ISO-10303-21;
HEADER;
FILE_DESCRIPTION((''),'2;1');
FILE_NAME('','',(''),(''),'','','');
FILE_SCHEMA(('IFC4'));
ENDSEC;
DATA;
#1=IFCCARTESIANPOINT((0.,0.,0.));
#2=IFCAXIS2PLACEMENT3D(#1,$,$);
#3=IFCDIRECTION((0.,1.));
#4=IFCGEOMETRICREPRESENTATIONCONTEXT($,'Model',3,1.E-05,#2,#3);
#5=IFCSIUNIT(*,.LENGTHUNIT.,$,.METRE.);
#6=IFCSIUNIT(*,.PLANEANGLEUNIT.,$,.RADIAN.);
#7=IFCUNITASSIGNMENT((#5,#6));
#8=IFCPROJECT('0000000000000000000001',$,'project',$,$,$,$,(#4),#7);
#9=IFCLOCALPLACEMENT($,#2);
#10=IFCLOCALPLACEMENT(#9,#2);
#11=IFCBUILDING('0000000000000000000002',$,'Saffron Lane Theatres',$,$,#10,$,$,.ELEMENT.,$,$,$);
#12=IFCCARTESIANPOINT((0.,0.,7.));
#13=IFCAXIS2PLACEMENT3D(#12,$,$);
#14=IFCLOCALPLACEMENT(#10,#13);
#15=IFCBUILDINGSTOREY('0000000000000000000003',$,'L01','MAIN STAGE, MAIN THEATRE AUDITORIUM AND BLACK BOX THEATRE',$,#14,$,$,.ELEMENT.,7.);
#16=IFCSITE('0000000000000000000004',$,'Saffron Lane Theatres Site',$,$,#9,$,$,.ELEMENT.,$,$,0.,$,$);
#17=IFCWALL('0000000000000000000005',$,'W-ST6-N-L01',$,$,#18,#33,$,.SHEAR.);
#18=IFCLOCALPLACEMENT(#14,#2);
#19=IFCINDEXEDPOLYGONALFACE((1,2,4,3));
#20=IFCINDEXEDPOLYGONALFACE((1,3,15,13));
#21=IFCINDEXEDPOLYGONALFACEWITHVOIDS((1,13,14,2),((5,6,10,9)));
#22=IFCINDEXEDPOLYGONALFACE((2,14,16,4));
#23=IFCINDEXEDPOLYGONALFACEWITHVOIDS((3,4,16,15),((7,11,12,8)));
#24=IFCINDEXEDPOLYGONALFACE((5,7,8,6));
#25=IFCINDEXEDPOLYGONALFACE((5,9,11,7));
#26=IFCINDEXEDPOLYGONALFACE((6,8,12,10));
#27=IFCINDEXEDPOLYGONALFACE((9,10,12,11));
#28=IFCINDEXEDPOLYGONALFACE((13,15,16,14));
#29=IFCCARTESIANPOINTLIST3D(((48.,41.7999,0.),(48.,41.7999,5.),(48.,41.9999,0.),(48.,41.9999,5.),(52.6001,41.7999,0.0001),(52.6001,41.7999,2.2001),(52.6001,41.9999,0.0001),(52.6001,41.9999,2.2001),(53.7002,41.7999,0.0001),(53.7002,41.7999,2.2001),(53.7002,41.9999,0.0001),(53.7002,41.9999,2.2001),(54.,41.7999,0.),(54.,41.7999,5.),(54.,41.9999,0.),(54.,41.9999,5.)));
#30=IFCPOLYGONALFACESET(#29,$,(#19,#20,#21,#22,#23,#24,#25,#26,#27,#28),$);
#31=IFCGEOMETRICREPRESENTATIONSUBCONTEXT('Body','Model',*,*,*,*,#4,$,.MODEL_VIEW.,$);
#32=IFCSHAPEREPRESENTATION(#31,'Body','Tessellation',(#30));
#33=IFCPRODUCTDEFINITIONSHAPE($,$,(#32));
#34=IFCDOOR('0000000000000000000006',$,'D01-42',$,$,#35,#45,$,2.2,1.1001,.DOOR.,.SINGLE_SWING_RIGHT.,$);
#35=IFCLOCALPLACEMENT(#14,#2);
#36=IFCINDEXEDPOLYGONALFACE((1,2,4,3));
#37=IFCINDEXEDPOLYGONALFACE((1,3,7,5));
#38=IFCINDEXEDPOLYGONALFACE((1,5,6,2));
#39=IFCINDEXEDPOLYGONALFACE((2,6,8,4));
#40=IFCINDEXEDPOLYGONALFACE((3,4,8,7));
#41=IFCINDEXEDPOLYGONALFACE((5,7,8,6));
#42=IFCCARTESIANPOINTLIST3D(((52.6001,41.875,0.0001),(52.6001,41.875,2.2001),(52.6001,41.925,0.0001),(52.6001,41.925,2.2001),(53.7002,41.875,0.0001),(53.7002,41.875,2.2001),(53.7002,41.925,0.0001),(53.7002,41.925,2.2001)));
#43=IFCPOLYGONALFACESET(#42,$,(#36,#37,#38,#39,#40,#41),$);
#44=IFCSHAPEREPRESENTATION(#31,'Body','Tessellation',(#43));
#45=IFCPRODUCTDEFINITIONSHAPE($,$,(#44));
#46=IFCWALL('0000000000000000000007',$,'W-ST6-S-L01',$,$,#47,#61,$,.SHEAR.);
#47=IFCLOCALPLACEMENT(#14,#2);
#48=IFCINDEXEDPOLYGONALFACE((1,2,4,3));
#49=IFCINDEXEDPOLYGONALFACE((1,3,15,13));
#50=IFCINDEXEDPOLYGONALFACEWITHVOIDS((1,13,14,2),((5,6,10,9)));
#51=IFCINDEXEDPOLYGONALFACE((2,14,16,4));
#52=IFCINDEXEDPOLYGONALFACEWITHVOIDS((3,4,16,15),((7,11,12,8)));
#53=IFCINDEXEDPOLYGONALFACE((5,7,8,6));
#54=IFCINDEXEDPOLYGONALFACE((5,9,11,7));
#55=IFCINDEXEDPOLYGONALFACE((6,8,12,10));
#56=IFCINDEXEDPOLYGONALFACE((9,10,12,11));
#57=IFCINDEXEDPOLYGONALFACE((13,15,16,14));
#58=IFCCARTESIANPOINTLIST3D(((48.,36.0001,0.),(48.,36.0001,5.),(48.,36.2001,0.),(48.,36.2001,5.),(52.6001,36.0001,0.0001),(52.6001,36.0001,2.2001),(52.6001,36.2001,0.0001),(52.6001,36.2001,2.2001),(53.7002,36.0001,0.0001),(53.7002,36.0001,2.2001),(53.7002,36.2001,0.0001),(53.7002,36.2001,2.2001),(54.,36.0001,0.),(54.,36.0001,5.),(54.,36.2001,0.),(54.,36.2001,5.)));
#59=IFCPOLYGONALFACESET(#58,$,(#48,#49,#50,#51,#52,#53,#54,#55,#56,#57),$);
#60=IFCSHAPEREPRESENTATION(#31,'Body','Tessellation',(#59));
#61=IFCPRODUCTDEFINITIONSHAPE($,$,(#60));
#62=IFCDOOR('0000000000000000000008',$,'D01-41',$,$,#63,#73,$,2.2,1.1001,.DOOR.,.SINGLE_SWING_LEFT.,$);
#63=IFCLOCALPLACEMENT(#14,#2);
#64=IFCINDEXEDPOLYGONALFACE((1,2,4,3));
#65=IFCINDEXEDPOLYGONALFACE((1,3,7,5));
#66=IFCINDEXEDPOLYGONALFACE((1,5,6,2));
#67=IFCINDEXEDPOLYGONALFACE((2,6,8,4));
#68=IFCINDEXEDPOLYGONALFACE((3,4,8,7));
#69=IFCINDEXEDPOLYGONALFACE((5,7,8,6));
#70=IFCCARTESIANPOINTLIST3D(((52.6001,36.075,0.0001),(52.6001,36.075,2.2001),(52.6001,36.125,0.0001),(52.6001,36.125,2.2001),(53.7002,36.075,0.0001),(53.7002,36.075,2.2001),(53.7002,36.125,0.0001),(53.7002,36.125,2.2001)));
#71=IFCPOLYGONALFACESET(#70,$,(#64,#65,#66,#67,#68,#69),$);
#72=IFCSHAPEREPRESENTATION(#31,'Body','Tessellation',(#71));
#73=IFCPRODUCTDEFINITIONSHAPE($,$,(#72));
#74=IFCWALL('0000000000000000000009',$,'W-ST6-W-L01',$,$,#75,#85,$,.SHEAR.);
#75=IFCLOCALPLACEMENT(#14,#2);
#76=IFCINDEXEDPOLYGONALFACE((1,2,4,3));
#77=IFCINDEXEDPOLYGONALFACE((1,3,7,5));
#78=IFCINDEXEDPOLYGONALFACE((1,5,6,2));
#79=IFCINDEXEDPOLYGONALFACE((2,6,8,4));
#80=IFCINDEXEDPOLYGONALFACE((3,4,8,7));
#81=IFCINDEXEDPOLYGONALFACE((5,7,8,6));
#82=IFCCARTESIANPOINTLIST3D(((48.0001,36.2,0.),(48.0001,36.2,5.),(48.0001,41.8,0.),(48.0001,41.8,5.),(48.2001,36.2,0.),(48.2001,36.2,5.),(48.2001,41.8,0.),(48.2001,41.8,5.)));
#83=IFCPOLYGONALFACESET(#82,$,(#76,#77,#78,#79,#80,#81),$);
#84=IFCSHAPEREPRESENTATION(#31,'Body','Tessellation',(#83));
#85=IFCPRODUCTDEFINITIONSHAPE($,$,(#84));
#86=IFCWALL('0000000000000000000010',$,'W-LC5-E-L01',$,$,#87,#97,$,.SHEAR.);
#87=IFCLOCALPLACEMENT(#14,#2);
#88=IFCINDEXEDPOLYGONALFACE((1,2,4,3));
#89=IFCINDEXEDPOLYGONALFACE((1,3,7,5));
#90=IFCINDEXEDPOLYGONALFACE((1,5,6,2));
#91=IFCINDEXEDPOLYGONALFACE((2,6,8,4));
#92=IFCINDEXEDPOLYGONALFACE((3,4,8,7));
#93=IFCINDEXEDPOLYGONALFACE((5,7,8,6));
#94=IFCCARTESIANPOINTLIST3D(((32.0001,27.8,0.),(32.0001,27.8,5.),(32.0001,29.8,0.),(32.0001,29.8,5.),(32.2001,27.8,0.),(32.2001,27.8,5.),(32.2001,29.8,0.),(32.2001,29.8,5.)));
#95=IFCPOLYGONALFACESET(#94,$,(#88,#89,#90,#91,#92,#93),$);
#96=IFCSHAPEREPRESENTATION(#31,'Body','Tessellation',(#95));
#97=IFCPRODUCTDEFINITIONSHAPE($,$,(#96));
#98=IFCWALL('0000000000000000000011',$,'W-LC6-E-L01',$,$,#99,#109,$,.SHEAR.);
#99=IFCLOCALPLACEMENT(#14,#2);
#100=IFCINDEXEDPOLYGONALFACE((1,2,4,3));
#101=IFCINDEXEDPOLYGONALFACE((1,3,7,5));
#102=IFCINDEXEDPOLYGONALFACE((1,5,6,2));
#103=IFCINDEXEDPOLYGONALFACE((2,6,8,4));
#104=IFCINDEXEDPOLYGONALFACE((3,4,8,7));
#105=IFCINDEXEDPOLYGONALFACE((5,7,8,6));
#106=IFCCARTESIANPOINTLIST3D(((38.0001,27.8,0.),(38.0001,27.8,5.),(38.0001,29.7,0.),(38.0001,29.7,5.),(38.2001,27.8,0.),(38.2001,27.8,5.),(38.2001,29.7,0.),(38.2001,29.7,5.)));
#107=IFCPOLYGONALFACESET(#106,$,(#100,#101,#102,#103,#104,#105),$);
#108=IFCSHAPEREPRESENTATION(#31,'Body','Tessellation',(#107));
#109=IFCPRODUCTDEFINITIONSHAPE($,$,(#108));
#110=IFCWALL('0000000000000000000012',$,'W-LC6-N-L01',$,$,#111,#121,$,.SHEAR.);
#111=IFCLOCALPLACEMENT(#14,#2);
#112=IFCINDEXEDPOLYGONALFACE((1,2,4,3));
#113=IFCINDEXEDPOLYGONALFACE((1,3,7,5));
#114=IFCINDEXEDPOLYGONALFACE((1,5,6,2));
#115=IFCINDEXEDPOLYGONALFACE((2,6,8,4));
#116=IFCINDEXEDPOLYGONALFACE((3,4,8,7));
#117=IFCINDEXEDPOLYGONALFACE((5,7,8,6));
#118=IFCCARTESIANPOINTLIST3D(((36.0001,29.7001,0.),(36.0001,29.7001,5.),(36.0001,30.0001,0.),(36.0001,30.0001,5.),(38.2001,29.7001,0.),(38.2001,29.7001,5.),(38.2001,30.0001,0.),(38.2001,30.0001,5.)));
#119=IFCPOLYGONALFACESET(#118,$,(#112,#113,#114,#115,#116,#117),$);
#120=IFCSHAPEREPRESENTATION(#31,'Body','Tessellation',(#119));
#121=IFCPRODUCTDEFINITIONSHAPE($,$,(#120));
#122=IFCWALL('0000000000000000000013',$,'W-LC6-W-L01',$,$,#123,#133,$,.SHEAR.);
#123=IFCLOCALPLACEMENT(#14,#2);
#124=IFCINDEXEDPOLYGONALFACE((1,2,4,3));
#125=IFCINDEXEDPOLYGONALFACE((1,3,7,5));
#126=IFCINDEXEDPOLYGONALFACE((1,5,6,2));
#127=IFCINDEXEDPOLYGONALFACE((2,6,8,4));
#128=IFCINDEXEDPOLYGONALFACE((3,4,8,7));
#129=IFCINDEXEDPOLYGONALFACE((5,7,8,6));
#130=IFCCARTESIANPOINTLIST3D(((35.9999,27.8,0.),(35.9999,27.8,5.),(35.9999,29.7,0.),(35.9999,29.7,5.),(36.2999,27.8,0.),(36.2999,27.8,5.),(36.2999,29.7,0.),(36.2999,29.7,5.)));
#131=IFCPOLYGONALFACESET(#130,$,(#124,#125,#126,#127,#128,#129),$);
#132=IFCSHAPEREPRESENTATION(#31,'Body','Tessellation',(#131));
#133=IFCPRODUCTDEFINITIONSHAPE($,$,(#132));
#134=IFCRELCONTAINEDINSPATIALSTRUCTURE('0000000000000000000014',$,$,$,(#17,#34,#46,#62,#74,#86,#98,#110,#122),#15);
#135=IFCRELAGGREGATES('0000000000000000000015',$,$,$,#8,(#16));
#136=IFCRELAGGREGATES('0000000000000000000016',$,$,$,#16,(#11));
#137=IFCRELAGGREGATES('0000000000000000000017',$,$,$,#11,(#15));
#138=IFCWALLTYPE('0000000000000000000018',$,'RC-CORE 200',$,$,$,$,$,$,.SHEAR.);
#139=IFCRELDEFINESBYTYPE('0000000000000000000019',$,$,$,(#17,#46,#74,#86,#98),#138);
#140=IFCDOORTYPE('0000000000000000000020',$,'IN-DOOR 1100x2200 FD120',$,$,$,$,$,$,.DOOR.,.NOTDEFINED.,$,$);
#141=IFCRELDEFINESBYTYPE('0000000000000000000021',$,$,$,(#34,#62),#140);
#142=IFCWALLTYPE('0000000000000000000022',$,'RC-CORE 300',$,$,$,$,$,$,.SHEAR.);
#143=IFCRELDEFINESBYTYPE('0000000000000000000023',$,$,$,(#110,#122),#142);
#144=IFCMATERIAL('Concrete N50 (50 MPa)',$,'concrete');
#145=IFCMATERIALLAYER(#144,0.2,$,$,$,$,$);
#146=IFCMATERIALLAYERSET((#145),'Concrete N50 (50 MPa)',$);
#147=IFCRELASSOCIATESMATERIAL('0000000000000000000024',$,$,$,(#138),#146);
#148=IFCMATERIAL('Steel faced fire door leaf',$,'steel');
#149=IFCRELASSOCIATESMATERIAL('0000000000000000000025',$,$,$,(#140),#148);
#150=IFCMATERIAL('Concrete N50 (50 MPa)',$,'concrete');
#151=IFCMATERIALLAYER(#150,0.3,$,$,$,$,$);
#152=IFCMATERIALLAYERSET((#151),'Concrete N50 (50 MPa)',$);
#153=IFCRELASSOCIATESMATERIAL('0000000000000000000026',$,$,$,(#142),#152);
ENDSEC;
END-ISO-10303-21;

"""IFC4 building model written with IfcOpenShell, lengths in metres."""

from ifc_helpers import new_model, si_unit, direction, frame, frame_2d, origin, place, context, subcontext, project, spatial, rectangle, extrude, material, layer, layer_set, type_object, element, fill, save


model = new_model("IFC4")

# Units and contexts
model_context = context("Model", 3, precision=1e-05, world=origin(), true_north=direction((0.0, 1.0)))
body_context = subcontext(model_context, "Body", "Model", "MODEL_VIEW")
ifc_project = project(units=[si_unit("LENGTHUNIT", "METRE"), si_unit("PLANEANGLEUNIT", "RADIAN")], contexts=[model_context])

# Site, building, storey
site_placement = place(None, origin())
site = spatial("IfcSite", under=ifc_project, at=site_placement, Name="Saffron Lane Theatres Site", CompositionType="ELEMENT", RefElevation=0.0)
building_placement = place(site_placement, origin())
building = spatial("IfcBuilding", under=site, at=building_placement, Name="Saffron Lane Theatres", CompositionType="ELEMENT")
storey_placement = place(building_placement, frame((0.0, 0.0, 7.0)))
storey = spatial("IfcBuildingStorey", under=building, at=storey_placement, Name="L01", Description="MAIN STAGE, MAIN THEATRE AUDITORIUM AND BLACK BOX THEATRE", CompositionType="ELEMENT", Elevation=7.0)

# Walls, openings, doors
ifc_material_1 = material(Name="Concrete N50 (50 MPa)", Category="concrete")
ifc_layer_1 = layer(ifc_material_1, 0.2)
ifc_layer_set_1 = layer_set([ifc_layer_1], Name="Concrete N50 (50 MPa)")
wall_type_1 = type_object("IfcWallType", Name="RC-CORE 200", PredefinedType="SHEAR", material=ifc_layer_set_1)
wall_1_placement = place(storey_placement, frame((48.0, 41.8999, 0.0), z_axis=(0.0, 0.0, 1.0), x_axis=(1.0, 0.0, 0.0)))
wall_1 = element("IfcWall", 1, at=wall_1_placement, inside=storey, type_object=wall_type_1, Name="W-ST6-N-L01", PredefinedType="SHEAR", context=body_context, shape_type="SweptSolid", body=[
    extrude(rectangle(XDim=6.0, YDim=0.2, at=frame_2d((3.0, 0.0))), origin(), (0.0, 0.0, 1.0), 5.0),
])
opening_1_placement = place(wall_1_placement, frame((4.6001, 0.0, 0.0)))
opening_1 = element("IfcOpeningElement", 2, at=opening_1_placement, cuts=wall_1, PredefinedType="OPENING", context=body_context, shape_type="SweptSolid", body=[
    extrude(rectangle(XDim=1.1001, YDim=2.2, at=frame_2d((0.55, 1.1001))), frame((0.0, 0.1099, 0.0), z_axis=(0.0, -1.0, 0.0), x_axis=(1.0, 0.0, 0.0)), (0.0, 0.0, 1.0), 0.22),
])
ifc_material_2 = material(Name="Steel faced fire door leaf", Category="steel")
door_type_1 = type_object("IfcDoorType", Name="IN-DOOR 1100x2200 FD120", OperationType="NOTDEFINED", PredefinedType="DOOR", material=ifc_material_2)
door_1_placement = place(opening_1_placement, frame((1.1001, 0.0, 0.0), z_axis=(0.0, 0.0, 1.0), x_axis=(-1.0, 0.0, 0.0)))
door_1 = element("IfcDoor", 3, at=door_1_placement, inside=storey, type_object=door_type_1, Name="D01-42", OperationType="SINGLE_SWING_RIGHT", OverallHeight=2.2, OverallWidth=1.1001, PredefinedType="DOOR", context=body_context, shape_type="SweptSolid", body=[
    extrude(rectangle(XDim=1.1001, YDim=2.2, at=frame_2d((0.55, 1.1001))), frame((0.0, 0.0249, 0.0), z_axis=(0.0, -1.0, 0.0), x_axis=(1.0, 0.0, 0.0)), (0.0, 0.0, 1.0), 0.05),
])
fill(opening_1, door_1)
wall_2_placement = place(storey_placement, frame((48.0, 36.1001, 0.0), z_axis=(0.0, 0.0, 1.0), x_axis=(1.0, 0.0, 0.0)))
wall_2 = element("IfcWall", 4, at=wall_2_placement, inside=storey, type_object=wall_type_1, Name="W-ST6-S-L01", PredefinedType="SHEAR", context=body_context, shape_type="SweptSolid", body=[
    extrude(rectangle(XDim=6.0, YDim=0.2, at=frame_2d((3.0, 0.0))), origin(), (0.0, 0.0, 1.0), 5.0),
])
opening_2_placement = place(wall_2_placement, frame((4.6001, 0.0, 0.0)))
opening_2 = element("IfcOpeningElement", 5, at=opening_2_placement, cuts=wall_2, PredefinedType="OPENING", context=body_context, shape_type="SweptSolid", body=[
    extrude(rectangle(XDim=1.1001, YDim=2.2, at=frame_2d((0.55, 1.1001))), frame((0.0, 0.1099, 0.0), z_axis=(0.0, -1.0, 0.0), x_axis=(1.0, 0.0, 0.0)), (0.0, 0.0, 1.0), 0.22),
])
door_2_placement = place(opening_2_placement, origin())
door_2 = element("IfcDoor", 6, at=door_2_placement, inside=storey, type_object=door_type_1, Name="D01-41", OperationType="SINGLE_SWING_LEFT", OverallHeight=2.2, OverallWidth=1.1001, PredefinedType="DOOR", context=body_context, shape_type="SweptSolid", body=[
    extrude(rectangle(XDim=1.1001, YDim=2.2, at=frame_2d((0.55, 1.1001))), frame((0.0, 0.0249, 0.0), z_axis=(0.0, -1.0, 0.0), x_axis=(1.0, 0.0, 0.0)), (0.0, 0.0, 1.0), 0.05),
])
fill(opening_2, door_2)

# Walls
wall_3_placement = place(storey_placement, frame((48.1001, 36.2, 0.0), z_axis=(0.0, 0.0, 1.0), x_axis=(0.0, 1.0, 0.0)))
element("IfcWall", 7, at=wall_3_placement, inside=storey, type_object=wall_type_1, Name="W-ST6-W-L01", PredefinedType="SHEAR", context=body_context, shape_type="SweptSolid", body=[
    extrude(rectangle(XDim=5.6001, YDim=0.2, at=frame_2d((2.8, 0.0))), origin(), (0.0, 0.0, 1.0), 5.0),
])
wall_4_placement = place(storey_placement, frame((32.1001, 27.8, 0.0), z_axis=(0.0, 0.0, 1.0), x_axis=(0.0, 1.0, 0.0)))
element("IfcWall", 8, at=wall_4_placement, inside=storey, type_object=wall_type_1, Name="W-LC5-E-L01", PredefinedType="SHEAR", context=body_context, shape_type="SweptSolid", body=[
    extrude(rectangle(XDim=2.0, YDim=0.2, at=frame_2d((1.0, 0.0))), origin(), (0.0, 0.0, 1.0), 5.0),
])
wall_5_placement = place(storey_placement, frame((38.1001, 27.8, 0.0), z_axis=(0.0, 0.0, 1.0), x_axis=(0.0, 1.0, 0.0)))
element("IfcWall", 9, at=wall_5_placement, inside=storey, type_object=wall_type_1, Name="W-LC6-E-L01", PredefinedType="SHEAR", context=body_context, shape_type="SweptSolid", body=[
    extrude(rectangle(XDim=1.8999, YDim=0.2, at=frame_2d((0.95, 0.0))), origin(), (0.0, 0.0, 1.0), 5.0),
])
ifc_material_3 = material(Name="Concrete N50 (50 MPa)", Category="concrete")
ifc_layer_2 = layer(ifc_material_3, 0.3)
ifc_layer_set_2 = layer_set([ifc_layer_2], Name="Concrete N50 (50 MPa)")
wall_type_2 = type_object("IfcWallType", Name="RC-CORE 300", PredefinedType="SHEAR", material=ifc_layer_set_2)
wall_6_placement = place(storey_placement, frame((36.0, 29.8501, 0.0), z_axis=(0.0, 0.0, 1.0), x_axis=(1.0, 0.0, 0.0)))
element("IfcWall", 10, at=wall_6_placement, inside=storey, type_object=wall_type_2, Name="W-LC6-N-L01", PredefinedType="SHEAR", context=body_context, shape_type="SweptSolid", body=[
    extrude(rectangle(XDim=2.2, YDim=0.3, at=frame_2d((1.1001, 0.0))), origin(), (0.0, 0.0, 1.0), 5.0),
])
wall_7_placement = place(storey_placement, frame((36.1499, 27.8, 0.0), z_axis=(0.0, 0.0, 1.0), x_axis=(0.0, 1.0, 0.0)))
element("IfcWall", 11, at=wall_7_placement, inside=storey, type_object=wall_type_2, Name="W-LC6-W-L01", PredefinedType="SHEAR", context=body_context, shape_type="SweptSolid", body=[
    extrude(rectangle(XDim=1.8999, YDim=0.3, at=frame_2d((0.95, 0.0))), origin(), (0.0, 0.0, 1.0), 5.0),
])

save(model, "model.ifc")
